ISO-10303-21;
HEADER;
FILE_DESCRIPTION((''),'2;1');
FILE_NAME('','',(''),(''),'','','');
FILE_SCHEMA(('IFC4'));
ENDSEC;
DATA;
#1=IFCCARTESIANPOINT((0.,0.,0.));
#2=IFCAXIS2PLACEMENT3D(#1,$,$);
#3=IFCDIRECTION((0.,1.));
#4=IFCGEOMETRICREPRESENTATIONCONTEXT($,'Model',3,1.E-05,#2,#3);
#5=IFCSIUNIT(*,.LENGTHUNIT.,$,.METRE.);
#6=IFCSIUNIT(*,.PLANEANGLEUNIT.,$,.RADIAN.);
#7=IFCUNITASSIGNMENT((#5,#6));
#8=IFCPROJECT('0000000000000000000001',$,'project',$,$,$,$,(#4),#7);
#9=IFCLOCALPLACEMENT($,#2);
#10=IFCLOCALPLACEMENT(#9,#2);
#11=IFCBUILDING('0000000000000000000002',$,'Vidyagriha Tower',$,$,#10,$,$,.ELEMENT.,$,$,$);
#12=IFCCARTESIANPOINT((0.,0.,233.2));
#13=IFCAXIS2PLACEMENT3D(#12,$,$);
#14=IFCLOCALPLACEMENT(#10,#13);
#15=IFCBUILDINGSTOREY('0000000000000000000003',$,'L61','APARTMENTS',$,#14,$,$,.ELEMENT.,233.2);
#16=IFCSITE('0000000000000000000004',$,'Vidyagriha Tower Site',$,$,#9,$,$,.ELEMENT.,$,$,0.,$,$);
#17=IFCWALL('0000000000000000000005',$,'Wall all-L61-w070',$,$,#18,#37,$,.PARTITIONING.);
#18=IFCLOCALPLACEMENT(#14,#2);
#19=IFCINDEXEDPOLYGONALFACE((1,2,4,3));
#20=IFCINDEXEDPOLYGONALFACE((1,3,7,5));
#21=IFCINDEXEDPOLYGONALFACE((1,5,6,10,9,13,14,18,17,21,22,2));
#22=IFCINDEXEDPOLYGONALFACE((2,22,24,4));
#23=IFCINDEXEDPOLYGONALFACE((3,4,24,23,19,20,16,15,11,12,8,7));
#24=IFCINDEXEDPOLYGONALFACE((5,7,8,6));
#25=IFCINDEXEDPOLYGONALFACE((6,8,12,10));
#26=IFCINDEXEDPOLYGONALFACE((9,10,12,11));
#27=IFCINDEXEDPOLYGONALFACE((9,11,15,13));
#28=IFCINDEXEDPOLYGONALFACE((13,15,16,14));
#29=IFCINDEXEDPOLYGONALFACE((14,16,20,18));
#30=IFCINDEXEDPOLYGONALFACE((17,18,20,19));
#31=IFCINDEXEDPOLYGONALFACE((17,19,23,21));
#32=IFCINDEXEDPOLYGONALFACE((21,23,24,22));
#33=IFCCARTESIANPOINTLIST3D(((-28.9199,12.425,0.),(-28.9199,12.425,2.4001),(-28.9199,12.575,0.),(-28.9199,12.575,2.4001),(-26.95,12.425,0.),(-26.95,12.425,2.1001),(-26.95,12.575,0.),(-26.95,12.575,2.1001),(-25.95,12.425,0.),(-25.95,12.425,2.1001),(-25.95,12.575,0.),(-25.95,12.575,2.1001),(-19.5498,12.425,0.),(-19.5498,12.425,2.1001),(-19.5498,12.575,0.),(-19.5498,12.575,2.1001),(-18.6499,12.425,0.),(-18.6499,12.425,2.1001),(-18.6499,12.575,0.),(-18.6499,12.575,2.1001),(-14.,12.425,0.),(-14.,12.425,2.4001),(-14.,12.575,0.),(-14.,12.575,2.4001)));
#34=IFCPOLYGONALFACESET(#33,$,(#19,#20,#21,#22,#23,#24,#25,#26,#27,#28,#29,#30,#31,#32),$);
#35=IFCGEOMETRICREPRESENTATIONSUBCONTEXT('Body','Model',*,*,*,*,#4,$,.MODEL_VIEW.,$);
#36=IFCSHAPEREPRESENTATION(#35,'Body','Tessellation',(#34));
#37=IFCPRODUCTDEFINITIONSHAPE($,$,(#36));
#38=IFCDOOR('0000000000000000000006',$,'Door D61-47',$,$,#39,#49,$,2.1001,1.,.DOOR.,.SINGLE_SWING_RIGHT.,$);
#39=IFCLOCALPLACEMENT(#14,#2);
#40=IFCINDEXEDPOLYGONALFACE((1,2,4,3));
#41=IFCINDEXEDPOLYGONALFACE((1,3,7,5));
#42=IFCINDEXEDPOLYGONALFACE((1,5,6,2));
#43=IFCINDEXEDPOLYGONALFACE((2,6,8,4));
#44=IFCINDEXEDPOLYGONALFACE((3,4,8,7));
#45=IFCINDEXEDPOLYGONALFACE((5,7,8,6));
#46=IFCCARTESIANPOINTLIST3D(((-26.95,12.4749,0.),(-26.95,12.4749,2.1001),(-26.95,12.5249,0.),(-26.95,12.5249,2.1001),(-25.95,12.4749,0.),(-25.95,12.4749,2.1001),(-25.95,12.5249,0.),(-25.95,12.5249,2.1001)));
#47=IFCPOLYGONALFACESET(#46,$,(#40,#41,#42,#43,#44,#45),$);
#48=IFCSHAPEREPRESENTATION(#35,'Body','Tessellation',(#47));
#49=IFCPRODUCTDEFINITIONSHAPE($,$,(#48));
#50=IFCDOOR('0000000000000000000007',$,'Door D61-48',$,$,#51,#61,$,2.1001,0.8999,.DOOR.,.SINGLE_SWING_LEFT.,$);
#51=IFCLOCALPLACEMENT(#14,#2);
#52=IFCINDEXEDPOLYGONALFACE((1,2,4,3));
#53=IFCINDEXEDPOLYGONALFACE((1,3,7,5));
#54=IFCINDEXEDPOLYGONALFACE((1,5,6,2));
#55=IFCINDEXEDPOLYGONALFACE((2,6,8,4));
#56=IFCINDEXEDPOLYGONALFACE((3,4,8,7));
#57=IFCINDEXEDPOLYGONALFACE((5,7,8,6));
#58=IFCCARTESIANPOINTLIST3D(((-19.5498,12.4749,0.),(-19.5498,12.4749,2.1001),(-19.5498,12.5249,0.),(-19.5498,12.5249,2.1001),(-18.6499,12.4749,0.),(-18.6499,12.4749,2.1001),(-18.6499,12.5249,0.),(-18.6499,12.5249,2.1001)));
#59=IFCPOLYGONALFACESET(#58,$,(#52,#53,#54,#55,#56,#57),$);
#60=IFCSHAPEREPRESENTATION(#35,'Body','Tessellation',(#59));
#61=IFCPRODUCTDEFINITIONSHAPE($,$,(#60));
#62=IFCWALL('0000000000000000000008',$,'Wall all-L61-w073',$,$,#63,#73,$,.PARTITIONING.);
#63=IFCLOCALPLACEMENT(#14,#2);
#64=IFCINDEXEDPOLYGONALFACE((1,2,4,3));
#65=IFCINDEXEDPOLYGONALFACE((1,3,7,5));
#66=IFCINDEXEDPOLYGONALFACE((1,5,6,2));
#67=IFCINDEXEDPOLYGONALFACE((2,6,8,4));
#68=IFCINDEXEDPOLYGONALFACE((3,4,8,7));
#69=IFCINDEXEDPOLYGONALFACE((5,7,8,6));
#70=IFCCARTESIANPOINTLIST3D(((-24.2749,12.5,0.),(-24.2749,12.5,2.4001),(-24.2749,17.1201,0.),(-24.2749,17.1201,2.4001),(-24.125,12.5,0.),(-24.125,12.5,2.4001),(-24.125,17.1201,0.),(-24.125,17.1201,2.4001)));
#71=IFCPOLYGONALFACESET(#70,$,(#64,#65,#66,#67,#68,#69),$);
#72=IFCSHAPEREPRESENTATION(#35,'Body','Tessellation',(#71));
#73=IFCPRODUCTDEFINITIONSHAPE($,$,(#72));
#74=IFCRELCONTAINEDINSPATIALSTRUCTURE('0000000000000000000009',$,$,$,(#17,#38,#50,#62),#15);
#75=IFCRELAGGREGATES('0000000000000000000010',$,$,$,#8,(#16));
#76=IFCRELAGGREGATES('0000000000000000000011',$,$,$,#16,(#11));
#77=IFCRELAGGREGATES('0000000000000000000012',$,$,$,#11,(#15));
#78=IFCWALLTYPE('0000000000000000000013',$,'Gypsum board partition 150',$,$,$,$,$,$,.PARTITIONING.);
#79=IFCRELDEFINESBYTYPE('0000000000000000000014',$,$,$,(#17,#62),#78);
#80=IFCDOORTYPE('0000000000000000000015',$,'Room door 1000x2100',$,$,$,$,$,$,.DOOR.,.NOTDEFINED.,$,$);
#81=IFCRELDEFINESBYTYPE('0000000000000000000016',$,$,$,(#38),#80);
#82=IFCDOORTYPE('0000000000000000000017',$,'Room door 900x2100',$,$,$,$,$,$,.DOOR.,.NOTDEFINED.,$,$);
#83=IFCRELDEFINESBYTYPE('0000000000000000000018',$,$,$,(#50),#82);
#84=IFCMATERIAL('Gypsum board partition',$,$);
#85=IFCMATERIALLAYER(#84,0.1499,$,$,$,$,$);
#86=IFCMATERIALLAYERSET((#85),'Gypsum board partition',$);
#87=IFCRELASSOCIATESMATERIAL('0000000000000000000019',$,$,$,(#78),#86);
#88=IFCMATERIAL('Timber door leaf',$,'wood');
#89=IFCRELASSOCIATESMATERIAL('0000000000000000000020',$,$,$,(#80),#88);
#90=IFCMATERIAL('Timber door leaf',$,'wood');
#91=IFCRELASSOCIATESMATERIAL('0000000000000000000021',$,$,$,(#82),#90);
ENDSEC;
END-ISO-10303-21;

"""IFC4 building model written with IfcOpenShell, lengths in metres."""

from ifc_helpers import new_model, si_unit, direction, frame, frame_2d, origin, place, context, subcontext, project, spatial, rectangle, extrude, material, layer, layer_set, type_object, element, fill, save


model = new_model("IFC4")

# Units and contexts
model_context = context("Model", 3, precision=1e-05, world=origin(), true_north=direction((0.0, 1.0)))
body_context = subcontext(model_context, "Body", "Model", "MODEL_VIEW")
ifc_project = project(units=[si_unit("LENGTHUNIT", "METRE"), si_unit("PLANEANGLEUNIT", "RADIAN")], contexts=[model_context])

# Site, building, storey
site_placement = place(None, origin())
site = spatial("IfcSite", under=ifc_project, at=site_placement, Name="Vidyagriha Tower Site", CompositionType="ELEMENT", RefElevation=0.0)
building_placement = place(site_placement, origin())
building = spatial("IfcBuilding", under=site, at=building_placement, Name="Vidyagriha Tower", CompositionType="ELEMENT")
storey_placement = place(building_placement, frame((0.0, 0.0, 233.2)))
storey = spatial("IfcBuildingStorey", under=building, at=storey_placement, Name="L61", Description="APARTMENTS", CompositionType="ELEMENT", Elevation=233.2)

# Wall, openings, doors
ifc_material_1 = material(Name="Gypsum board partition")
ifc_layer_1 = layer(ifc_material_1, 0.1499)
ifc_layer_set_1 = layer_set([ifc_layer_1], Name="Gypsum board partition")
wall_type_1 = type_object("IfcWallType", Name="Gypsum board partition 150", PredefinedType="PARTITIONING", material=ifc_layer_set_1)
wall_1_placement = place(storey_placement, frame((-28.9199, 12.5, 0.0)))
wall_1 = element("IfcWall", 1, at=wall_1_placement, inside=storey, type_object=wall_type_1, Name="Wall all-L61-w070", PredefinedType="PARTITIONING", context=body_context, shape_type="SweptSolid", body=[
    extrude(rectangle(XDim=14.9199, YDim=0.1499, at=frame_2d((7.46, 0.0))), origin(), (0.0, 0.0, 1.0), 2.4001),
])
opening_1_placement = place(wall_1_placement, frame((1.97, 0.0, 0.0)))
opening_1 = element("IfcOpeningElement", 2, at=opening_1_placement, cuts=wall_1, PredefinedType="OPENING", context=body_context, shape_type="SweptSolid", body=[
    extrude(rectangle(XDim=1.0, YDim=2.1001, at=frame_2d((0.5, 1.05))), frame((0.0, 0.085, 0.0), z_axis=(0.0, -1.0, 0.0), x_axis=(1.0, 0.0, 0.0)), (0.0, 0.0, 1.0), 0.1699),
])
opening_2_placement = place(wall_1_placement, frame((9.3701, 0.0, 0.0)))
opening_2 = element("IfcOpeningElement", 3, at=opening_2_placement, cuts=wall_1, PredefinedType="OPENING", context=body_context, shape_type="SweptSolid", body=[
    extrude(rectangle(XDim=0.8999, YDim=2.1001, at=frame_2d((0.45, 1.05))), frame((0.0, 0.085, 0.0), z_axis=(0.0, -1.0, 0.0), x_axis=(1.0, 0.0, 0.0)), (0.0, 0.0, 1.0), 0.1699),
])
ifc_material_2 = material(Name="Timber door leaf", Category="wood")
door_type_1 = type_object("IfcDoorType", Name="Room door 1000x2100", OperationType="NOTDEFINED", PredefinedType="DOOR", material=ifc_material_2)
door_1_placement = place(opening_1_placement, origin())
door_1 = element("IfcDoor", 4, at=door_1_placement, inside=storey, type_object=door_type_1, Name="Door D61-47", OperationType="SINGLE_SWING_RIGHT", OverallHeight=2.1001, OverallWidth=1.0, PredefinedType="DOOR", context=body_context, shape_type="SweptSolid", body=[
    extrude(rectangle(XDim=1.0, YDim=2.1001, at=frame_2d((0.5, 1.05))), frame((0.0, 0.0249, 0.0), z_axis=(0.0, -1.0, 0.0), x_axis=(1.0, 0.0, 0.0)), (0.0, 0.0, 1.0), 0.05),
])
fill(opening_1, door_1)
ifc_material_3 = material(Name="Timber door leaf", Category="wood")
door_type_2 = type_object("IfcDoorType", Name="Room door 900x2100", OperationType="NOTDEFINED", PredefinedType="DOOR", material=ifc_material_3)
door_2_placement = place(opening_2_placement, origin())
door_2 = element("IfcDoor", 5, at=door_2_placement, inside=storey, type_object=door_type_2, Name="Door D61-48", OperationType="SINGLE_SWING_LEFT", OverallHeight=2.1001, OverallWidth=0.8999, PredefinedType="DOOR", context=body_context, shape_type="SweptSolid", body=[
    extrude(rectangle(XDim=0.8999, YDim=2.1001, at=frame_2d((0.45, 1.05))), frame((0.0, 0.0249, 0.0), z_axis=(0.0, -1.0, 0.0), x_axis=(1.0, 0.0, 0.0)), (0.0, 0.0, 1.0), 0.05),
])
fill(opening_2, door_2)

# Wall
wall_2_placement = place(storey_placement, frame((-24.2, 17.1201, 0.0), z_axis=(0.0, 0.0, 1.0), x_axis=(0.0, -1.0, 0.0)))
element("IfcWall", 6, at=wall_2_placement, inside=storey, type_object=wall_type_1, Name="Wall all-L61-w073", PredefinedType="PARTITIONING", context=body_context, shape_type="SweptSolid", body=[
    extrude(rectangle(XDim=4.6201, YDim=0.1499, at=frame_2d((2.3101, 0.0))), origin(), (0.0, 0.0, 1.0), 2.4001),
])

save(model, "model.ifc")
